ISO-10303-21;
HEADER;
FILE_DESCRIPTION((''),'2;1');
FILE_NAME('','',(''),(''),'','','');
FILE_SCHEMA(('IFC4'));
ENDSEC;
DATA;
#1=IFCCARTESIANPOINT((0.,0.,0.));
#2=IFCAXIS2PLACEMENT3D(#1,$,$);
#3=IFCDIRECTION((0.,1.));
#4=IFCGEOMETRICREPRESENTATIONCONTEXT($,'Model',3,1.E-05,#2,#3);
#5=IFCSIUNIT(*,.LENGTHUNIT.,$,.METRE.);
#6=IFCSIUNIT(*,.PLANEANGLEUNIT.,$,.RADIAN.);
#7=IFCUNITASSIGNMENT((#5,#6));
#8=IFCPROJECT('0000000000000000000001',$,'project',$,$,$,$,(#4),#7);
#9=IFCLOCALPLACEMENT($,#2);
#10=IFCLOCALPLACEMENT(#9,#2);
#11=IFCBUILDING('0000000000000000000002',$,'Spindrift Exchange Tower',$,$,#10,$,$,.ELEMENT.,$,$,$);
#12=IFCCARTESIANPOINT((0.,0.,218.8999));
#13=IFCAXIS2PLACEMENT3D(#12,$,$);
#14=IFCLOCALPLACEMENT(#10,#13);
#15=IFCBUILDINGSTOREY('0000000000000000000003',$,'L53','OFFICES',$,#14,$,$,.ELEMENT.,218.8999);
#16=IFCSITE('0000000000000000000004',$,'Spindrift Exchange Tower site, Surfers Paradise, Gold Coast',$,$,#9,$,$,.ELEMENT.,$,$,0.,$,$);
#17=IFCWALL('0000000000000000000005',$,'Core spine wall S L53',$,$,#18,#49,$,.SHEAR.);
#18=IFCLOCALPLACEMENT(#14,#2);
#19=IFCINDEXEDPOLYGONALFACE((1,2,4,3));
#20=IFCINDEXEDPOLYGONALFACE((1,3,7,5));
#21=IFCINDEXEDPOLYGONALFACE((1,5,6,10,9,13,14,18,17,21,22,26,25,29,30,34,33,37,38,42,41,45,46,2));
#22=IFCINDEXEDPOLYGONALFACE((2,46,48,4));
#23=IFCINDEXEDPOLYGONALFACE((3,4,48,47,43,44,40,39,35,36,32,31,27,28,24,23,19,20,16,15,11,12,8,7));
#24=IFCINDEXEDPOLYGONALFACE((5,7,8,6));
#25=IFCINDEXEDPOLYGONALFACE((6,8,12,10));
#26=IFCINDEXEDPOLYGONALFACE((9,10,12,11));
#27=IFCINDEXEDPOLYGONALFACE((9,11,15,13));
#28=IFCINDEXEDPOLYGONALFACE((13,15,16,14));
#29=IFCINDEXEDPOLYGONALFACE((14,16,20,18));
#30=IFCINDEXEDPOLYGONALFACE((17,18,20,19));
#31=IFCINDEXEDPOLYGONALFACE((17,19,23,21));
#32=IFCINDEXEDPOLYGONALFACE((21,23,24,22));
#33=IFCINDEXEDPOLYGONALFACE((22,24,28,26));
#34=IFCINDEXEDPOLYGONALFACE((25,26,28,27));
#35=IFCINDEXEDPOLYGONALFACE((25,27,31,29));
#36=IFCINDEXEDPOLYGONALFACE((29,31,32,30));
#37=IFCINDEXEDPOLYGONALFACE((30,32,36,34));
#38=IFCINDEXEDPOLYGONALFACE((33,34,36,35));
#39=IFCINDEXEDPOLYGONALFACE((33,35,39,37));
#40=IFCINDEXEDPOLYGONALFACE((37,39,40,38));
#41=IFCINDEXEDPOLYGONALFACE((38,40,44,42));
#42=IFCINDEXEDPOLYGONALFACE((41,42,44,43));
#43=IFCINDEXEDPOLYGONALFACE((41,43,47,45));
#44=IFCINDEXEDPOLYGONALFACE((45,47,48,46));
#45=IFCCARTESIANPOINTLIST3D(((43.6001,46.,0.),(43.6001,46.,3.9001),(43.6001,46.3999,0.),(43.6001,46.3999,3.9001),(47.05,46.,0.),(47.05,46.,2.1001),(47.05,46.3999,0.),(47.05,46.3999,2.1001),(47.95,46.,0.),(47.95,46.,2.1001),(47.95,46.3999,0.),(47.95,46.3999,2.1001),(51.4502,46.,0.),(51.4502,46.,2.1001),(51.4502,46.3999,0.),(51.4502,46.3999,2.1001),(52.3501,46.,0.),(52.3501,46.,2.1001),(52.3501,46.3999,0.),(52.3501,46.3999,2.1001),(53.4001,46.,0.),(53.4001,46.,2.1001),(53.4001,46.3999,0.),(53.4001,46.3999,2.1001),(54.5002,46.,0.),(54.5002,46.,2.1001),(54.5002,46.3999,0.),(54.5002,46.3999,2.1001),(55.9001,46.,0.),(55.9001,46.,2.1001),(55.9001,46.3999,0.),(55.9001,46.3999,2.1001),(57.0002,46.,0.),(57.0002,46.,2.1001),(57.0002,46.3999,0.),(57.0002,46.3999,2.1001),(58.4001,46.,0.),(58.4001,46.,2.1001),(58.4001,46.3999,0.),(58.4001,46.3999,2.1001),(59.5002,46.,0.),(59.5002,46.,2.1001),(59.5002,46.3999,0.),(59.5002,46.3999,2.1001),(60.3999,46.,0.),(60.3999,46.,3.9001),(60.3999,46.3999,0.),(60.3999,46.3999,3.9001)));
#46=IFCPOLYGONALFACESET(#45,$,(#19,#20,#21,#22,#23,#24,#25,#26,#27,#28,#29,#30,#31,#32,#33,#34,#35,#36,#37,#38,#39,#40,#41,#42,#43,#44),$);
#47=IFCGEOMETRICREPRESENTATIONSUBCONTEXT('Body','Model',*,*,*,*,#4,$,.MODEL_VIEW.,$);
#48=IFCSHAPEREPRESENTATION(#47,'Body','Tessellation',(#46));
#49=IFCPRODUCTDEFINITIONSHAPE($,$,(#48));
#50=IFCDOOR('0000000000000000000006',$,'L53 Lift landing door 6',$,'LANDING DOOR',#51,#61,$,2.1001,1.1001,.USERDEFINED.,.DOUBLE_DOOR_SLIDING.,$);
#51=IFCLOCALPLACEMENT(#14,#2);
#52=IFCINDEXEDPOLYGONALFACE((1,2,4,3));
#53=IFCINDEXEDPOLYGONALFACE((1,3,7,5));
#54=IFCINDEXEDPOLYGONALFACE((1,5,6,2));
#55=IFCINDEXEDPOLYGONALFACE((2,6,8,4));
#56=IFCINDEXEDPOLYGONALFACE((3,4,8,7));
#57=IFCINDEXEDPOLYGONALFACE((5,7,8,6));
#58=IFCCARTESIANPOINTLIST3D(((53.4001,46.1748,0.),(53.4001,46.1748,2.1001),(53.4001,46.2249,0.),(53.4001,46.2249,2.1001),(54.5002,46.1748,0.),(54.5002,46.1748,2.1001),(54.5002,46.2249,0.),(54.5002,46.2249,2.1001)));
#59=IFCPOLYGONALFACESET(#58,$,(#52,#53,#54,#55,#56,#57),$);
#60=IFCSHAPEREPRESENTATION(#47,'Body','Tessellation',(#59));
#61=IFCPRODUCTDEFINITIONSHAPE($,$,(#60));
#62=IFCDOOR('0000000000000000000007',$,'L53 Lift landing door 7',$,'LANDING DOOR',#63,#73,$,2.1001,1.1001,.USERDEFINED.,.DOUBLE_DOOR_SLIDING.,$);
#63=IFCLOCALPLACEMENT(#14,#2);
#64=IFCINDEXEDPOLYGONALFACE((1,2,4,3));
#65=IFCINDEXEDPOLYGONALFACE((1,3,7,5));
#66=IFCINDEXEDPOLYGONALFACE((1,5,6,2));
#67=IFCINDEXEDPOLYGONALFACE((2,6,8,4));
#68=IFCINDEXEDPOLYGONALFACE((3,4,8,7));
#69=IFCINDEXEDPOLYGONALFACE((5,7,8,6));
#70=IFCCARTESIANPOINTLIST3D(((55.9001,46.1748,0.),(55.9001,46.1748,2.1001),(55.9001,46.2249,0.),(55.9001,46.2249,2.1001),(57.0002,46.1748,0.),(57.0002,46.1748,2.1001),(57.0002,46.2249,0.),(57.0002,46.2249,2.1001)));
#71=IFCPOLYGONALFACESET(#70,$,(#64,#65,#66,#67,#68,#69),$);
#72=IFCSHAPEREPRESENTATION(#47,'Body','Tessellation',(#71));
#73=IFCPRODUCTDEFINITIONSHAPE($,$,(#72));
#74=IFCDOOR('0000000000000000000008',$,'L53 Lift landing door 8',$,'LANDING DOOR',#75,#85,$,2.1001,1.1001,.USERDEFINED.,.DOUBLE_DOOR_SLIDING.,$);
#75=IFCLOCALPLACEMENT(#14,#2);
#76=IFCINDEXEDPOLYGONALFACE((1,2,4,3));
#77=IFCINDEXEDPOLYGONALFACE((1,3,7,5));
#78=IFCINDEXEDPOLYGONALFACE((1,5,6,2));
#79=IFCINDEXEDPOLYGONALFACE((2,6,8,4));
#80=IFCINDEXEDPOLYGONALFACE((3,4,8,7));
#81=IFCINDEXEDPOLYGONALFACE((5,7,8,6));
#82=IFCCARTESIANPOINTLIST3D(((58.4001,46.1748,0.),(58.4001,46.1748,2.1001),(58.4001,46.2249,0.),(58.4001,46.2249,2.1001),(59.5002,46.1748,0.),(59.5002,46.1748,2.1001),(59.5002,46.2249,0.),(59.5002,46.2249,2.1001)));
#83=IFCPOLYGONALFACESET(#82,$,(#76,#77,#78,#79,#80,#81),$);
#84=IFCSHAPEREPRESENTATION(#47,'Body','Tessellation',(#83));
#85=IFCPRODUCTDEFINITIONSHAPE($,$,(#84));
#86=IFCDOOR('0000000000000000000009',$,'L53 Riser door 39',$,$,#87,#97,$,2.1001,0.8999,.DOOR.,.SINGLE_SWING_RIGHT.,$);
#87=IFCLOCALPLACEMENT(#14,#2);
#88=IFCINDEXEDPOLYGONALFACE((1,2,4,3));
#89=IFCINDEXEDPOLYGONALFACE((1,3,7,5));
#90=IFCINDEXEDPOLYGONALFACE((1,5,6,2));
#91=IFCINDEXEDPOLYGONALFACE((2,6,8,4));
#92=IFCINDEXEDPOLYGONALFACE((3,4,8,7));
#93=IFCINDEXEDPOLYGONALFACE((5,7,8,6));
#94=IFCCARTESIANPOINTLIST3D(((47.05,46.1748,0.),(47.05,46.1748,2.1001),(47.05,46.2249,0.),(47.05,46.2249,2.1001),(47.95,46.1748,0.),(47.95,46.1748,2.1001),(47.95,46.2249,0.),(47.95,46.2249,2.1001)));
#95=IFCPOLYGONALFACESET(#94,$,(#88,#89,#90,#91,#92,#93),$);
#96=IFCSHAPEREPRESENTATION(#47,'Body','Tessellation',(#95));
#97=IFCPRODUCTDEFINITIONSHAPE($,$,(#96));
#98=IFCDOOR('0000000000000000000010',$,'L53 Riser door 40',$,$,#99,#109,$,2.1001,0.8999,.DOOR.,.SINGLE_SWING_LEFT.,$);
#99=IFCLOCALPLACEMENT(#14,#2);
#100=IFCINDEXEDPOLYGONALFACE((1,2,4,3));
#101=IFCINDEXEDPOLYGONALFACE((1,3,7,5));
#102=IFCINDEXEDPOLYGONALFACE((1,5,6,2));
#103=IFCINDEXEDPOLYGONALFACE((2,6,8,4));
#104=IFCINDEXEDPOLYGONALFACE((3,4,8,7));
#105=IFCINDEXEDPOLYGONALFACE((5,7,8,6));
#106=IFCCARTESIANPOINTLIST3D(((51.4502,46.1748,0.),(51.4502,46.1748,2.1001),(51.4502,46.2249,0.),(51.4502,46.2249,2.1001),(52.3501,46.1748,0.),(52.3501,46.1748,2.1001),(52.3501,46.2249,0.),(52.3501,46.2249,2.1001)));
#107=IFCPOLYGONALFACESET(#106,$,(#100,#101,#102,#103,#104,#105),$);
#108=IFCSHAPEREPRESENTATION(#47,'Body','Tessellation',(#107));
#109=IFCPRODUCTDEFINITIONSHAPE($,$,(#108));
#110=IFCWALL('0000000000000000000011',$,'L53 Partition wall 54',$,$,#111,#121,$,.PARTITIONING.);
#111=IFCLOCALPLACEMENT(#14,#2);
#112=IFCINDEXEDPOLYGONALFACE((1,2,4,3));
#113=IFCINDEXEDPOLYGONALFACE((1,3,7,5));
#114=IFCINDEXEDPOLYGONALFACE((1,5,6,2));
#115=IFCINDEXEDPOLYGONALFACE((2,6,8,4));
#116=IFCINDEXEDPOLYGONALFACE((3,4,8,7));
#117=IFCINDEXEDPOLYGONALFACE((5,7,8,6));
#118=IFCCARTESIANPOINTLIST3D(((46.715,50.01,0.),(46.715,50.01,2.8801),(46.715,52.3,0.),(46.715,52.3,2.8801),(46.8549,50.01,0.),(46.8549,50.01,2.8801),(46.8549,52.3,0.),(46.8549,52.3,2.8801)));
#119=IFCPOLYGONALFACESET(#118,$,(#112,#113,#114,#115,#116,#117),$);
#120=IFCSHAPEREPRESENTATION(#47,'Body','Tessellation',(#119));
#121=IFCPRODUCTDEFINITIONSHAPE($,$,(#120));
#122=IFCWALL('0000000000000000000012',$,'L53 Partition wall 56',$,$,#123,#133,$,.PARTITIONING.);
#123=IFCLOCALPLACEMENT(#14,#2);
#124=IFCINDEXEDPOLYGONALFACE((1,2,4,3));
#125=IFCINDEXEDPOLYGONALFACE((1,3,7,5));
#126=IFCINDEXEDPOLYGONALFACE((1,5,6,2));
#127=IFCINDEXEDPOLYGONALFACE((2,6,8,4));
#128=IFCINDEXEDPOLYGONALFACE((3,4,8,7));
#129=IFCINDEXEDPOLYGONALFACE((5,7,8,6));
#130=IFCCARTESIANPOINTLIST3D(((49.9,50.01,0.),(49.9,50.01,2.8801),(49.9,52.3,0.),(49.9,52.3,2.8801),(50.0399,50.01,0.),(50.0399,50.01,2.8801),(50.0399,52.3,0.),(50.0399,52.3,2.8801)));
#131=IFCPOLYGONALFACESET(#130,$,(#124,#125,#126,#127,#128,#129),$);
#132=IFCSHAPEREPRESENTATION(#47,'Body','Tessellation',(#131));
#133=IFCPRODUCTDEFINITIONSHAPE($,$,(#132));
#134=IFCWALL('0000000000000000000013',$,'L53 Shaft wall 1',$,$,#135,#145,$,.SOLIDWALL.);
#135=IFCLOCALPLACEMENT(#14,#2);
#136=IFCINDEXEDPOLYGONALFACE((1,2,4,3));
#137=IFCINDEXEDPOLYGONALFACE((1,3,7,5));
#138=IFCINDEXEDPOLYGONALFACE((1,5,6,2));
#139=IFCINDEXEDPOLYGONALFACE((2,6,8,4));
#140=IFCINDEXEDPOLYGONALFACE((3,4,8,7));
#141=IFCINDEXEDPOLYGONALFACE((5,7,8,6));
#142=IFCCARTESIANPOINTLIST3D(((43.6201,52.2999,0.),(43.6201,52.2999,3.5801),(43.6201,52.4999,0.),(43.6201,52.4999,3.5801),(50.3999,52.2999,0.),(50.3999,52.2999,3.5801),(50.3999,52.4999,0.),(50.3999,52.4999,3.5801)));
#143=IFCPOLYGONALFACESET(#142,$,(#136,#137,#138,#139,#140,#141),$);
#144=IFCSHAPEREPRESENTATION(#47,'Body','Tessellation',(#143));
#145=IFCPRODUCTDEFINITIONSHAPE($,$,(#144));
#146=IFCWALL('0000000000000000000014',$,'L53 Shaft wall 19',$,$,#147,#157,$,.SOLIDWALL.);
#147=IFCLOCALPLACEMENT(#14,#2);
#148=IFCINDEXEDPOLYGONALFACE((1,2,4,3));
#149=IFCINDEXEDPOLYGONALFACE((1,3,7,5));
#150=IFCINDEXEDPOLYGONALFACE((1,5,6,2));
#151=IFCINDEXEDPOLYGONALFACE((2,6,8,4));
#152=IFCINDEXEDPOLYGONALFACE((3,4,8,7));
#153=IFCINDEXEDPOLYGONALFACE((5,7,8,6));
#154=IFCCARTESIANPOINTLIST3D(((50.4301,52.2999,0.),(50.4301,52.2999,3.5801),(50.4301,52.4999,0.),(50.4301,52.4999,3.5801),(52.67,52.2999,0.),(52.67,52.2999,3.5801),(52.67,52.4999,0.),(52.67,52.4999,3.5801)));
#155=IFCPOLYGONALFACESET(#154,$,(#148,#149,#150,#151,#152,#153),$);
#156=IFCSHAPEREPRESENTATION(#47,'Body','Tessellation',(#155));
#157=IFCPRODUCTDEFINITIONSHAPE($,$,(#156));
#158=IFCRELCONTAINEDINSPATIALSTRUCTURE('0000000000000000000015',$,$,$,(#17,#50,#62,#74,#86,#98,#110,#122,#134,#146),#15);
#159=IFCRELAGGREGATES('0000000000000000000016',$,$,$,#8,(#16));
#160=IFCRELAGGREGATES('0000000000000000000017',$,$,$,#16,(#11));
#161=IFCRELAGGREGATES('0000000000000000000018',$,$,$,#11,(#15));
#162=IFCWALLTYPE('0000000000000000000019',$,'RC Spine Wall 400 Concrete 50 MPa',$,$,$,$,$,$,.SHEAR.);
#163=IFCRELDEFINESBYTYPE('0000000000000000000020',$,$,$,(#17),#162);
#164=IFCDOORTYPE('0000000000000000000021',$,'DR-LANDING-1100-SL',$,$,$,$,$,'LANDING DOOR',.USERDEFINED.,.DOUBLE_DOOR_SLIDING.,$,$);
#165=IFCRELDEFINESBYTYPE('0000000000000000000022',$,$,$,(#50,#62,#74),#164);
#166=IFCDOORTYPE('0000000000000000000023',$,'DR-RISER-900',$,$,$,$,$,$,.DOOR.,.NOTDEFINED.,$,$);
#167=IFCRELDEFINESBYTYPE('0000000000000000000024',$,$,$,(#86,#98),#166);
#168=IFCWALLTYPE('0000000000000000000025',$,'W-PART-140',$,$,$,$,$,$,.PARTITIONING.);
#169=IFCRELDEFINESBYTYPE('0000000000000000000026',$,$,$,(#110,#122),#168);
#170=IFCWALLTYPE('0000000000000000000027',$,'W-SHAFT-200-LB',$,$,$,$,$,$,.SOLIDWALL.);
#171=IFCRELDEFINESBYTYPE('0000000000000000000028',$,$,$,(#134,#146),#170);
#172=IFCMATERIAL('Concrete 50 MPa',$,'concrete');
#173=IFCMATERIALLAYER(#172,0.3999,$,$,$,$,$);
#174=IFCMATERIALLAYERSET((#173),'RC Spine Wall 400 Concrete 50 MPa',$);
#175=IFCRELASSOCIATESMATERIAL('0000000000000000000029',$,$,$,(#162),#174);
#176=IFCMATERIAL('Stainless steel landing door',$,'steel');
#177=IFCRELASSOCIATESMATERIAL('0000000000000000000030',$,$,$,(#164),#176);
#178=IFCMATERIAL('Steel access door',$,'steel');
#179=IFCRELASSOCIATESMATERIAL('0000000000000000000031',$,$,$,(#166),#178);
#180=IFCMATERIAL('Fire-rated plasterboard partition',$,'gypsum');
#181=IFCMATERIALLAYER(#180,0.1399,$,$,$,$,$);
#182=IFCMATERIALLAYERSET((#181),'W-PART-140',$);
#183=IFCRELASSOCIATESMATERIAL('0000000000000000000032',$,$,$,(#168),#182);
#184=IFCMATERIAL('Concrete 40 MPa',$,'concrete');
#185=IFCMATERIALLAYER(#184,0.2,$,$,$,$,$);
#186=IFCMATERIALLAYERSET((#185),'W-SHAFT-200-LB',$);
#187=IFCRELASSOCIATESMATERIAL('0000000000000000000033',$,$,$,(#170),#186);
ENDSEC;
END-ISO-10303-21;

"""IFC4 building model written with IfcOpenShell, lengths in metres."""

from ifc_helpers import new_model, si_unit, direction, frame, frame_2d, origin, place, context, subcontext, project, spatial, rectangle, extrude, source, transform, mapped, material, layer, layer_set, type_object, element, fill, save


model = new_model("IFC4")

# Units and contexts
model_context = context("Model", 3, precision=1e-05, world=origin(), true_north=direction((0.0, 1.0)))
body_context = subcontext(model_context, "Body", "Model", "MODEL_VIEW")
ifc_project = project(units=[si_unit("LENGTHUNIT", "METRE"), si_unit("PLANEANGLEUNIT", "RADIAN")], contexts=[model_context])

# Site, building, storey
site_placement = place(None, origin())
site = spatial("IfcSite", under=ifc_project, at=site_placement, Name="Spindrift Exchange Tower site, Surfers Paradise, Gold Coast", CompositionType="ELEMENT", RefElevation=0.0)
building_placement = place(site_placement, origin())
building = spatial("IfcBuilding", under=site, at=building_placement, Name="Spindrift Exchange Tower", CompositionType="ELEMENT")
storey_placement = place(building_placement, frame((0.0, 0.0, 218.8999)))
storey = spatial("IfcBuildingStorey", under=building, at=storey_placement, Name="L53", Description="OFFICES", CompositionType="ELEMENT", Elevation=218.8999)

# Wall, openings, doors
ifc_material_1 = material(Name="Concrete 50 MPa", Category="concrete")
ifc_layer_1 = layer(ifc_material_1, 0.3999)
ifc_layer_set_1 = layer_set([ifc_layer_1], Name="RC Spine Wall 400 Concrete 50 MPa")
wall_type_1 = type_object("IfcWallType", Name="RC Spine Wall 400 Concrete 50 MPa", PredefinedType="SHEAR", material=ifc_layer_set_1)
ifc_material_2 = material(Name="Stainless steel landing door", Category="steel")
door_type_1 = type_object("IfcDoorType", Name="DR-LANDING-1100-SL", ElementType="LANDING DOOR", OperationType="DOUBLE_DOOR_SLIDING", PredefinedType="USERDEFINED", material=ifc_material_2)
shared_shape_1 = source(origin(), body_context, "Body", "SweptSolid", [
    extrude(rectangle(XDim=1.1001, YDim=2.1001, at=frame_2d((0.55, 1.05))), frame((0.0, 0.0249, 0.0), z_axis=(0.0, -1.0, 0.0), x_axis=(1.0, 0.0, 0.0)), (0.0, 0.0, 1.0), 0.05),
])
ifc_material_3 = material(Name="Steel access door", Category="steel")
door_type_2 = type_object("IfcDoorType", Name="DR-RISER-900", OperationType="NOTDEFINED", PredefinedType="DOOR", material=ifc_material_3)
shared_shape_2 = source(origin(), body_context, "Body", "SweptSolid", [
    extrude(rectangle(XDim=0.8999, YDim=2.1001, at=frame_2d((0.45, 1.05))), frame((0.0, 0.0249, 0.0), z_axis=(0.0, -1.0, 0.0), x_axis=(1.0, 0.0, 0.0)), (0.0, 0.0, 1.0), 0.05),
])
wall_1_placement = place(storey_placement, frame((43.6001, 46.2, 0.0), z_axis=(0.0, 0.0, 1.0), x_axis=(1.0, 0.0, 0.0)))
wall_1 = element("IfcWall", 1, at=wall_1_placement, inside=storey, type_object=wall_type_1, Name="Core spine wall S L53", PredefinedType="SHEAR", context=body_context, shape_type="SweptSolid", body=[
    extrude(rectangle(XDim=16.7998, YDim=0.3999, at=frame_2d((8.3999, 0.0))), origin(), (0.0, 0.0, 1.0), 3.9001),
])
opening_1_placement = place(wall_1_placement, frame((9.8, 0.0, 0.0)))
opening_1 = element("IfcOpeningElement", 2, at=opening_1_placement, cuts=wall_1, PredefinedType="OPENING", context=body_context, shape_type="SweptSolid", body=[
    extrude(rectangle(XDim=1.1001, YDim=2.1001, at=frame_2d((0.55, 1.05))), frame((0.0, 0.21, 0.0), z_axis=(0.0, -1.0, 0.0), x_axis=(1.0, 0.0, 0.0)), (0.0, 0.0, 1.0), 0.4199),
])
opening_2_placement = place(wall_1_placement, frame((12.3, 0.0, 0.0)))
opening_2 = element("IfcOpeningElement", 3, at=opening_2_placement, cuts=wall_1, PredefinedType="OPENING", context=body_context, shape_type="SweptSolid", body=[
    extrude(rectangle(XDim=1.1001, YDim=2.1001, at=frame_2d((0.55, 1.05))), frame((0.0, 0.21, 0.0), z_axis=(0.0, -1.0, 0.0), x_axis=(1.0, 0.0, 0.0)), (0.0, 0.0, 1.0), 0.4199),
])
opening_3_placement = place(wall_1_placement, frame((14.8, 0.0, 0.0)))
opening_3 = element("IfcOpeningElement", 4, at=opening_3_placement, cuts=wall_1, PredefinedType="OPENING", context=body_context, shape_type="SweptSolid", body=[
    extrude(rectangle(XDim=1.1001, YDim=2.1001, at=frame_2d((0.55, 1.05))), frame((0.0, 0.21, 0.0), z_axis=(0.0, -1.0, 0.0), x_axis=(1.0, 0.0, 0.0)), (0.0, 0.0, 1.0), 0.4199),
])
opening_4_placement = place(wall_1_placement, frame((3.45, 0.0, 0.0)))
opening_4 = element("IfcOpeningElement", 5, at=opening_4_placement, cuts=wall_1, PredefinedType="OPENING", context=body_context, shape_type="SweptSolid", body=[
    extrude(rectangle(XDim=0.8999, YDim=2.1001, at=frame_2d((0.45, 1.05))), frame((0.0, 0.21, 0.0), z_axis=(0.0, -1.0, 0.0), x_axis=(1.0, 0.0, 0.0)), (0.0, 0.0, 1.0), 0.4199),
])
opening_5_placement = place(wall_1_placement, frame((7.8501, 0.0, 0.0)))
opening_5 = element("IfcOpeningElement", 6, at=opening_5_placement, cuts=wall_1, PredefinedType="OPENING", context=body_context, shape_type="SweptSolid", body=[
    extrude(rectangle(XDim=0.8999, YDim=2.1001, at=frame_2d((0.45, 1.05))), frame((0.0, 0.21, 0.0), z_axis=(0.0, -1.0, 0.0), x_axis=(1.0, 0.0, 0.0)), (0.0, 0.0, 1.0), 0.4199),
])
door_1_placement = place(opening_1_placement, origin())
door_1 = element("IfcDoor", 7, at=door_1_placement, inside=storey, type_object=door_type_1, Name="L53 Lift landing door 6", ObjectType="LANDING DOOR", OperationType="DOUBLE_DOOR_SLIDING", OverallHeight=2.1001, OverallWidth=1.1001, PredefinedType="USERDEFINED", context=body_context, shape_type="MappedRepresentation", body=[
    mapped(shared_shape_1, transform((0.0, 0.0, 0.0), scale=1.0)),
])
fill(opening_1, door_1)
door_2_placement = place(opening_2_placement, origin())
door_2 = element("IfcDoor", 8, at=door_2_placement, inside=storey, type_object=door_type_1, Name="L53 Lift landing door 7", ObjectType="LANDING DOOR", OperationType="DOUBLE_DOOR_SLIDING", OverallHeight=2.1001, OverallWidth=1.1001, PredefinedType="USERDEFINED", context=body_context, shape_type="MappedRepresentation", body=[
    mapped(shared_shape_1, transform((0.0, 0.0, 0.0), scale=1.0)),
])
fill(opening_2, door_2)
door_3_placement = place(opening_3_placement, origin())
door_3 = element("IfcDoor", 9, at=door_3_placement, inside=storey, type_object=door_type_1, Name="L53 Lift landing door 8", ObjectType="LANDING DOOR", OperationType="DOUBLE_DOOR_SLIDING", OverallHeight=2.1001, OverallWidth=1.1001, PredefinedType="USERDEFINED", context=body_context, shape_type="MappedRepresentation", body=[
    mapped(shared_shape_1, transform((0.0, 0.0, 0.0), scale=1.0)),
])
fill(opening_3, door_3)
door_4_placement = place(opening_4_placement, origin())
door_4 = element("IfcDoor", 10, at=door_4_placement, inside=storey, type_object=door_type_2, Name="L53 Riser door 39", OperationType="SINGLE_SWING_RIGHT", OverallHeight=2.1001, OverallWidth=0.8999, PredefinedType="DOOR", context=body_context, shape_type="MappedRepresentation", body=[
    mapped(shared_shape_2, transform((0.0, 0.0, 0.0), scale=1.0)),
])
fill(opening_4, door_4)
door_5_placement = place(opening_5_placement, origin())
door_5 = element("IfcDoor", 11, at=door_5_placement, inside=storey, type_object=door_type_2, Name="L53 Riser door 40", OperationType="SINGLE_SWING_LEFT", OverallHeight=2.1001, OverallWidth=0.8999, PredefinedType="DOOR", context=body_context, shape_type="MappedRepresentation", body=[
    mapped(shared_shape_2, transform((0.0, 0.0, 0.0), scale=1.0)),
])
fill(opening_5, door_5)

# Walls
ifc_material_4 = material(Name="Fire-rated plasterboard partition", Category="gypsum")
ifc_layer_2 = layer(ifc_material_4, 0.1399)
ifc_layer_set_2 = layer_set([ifc_layer_2], Name="W-PART-140")
wall_type_2 = type_object("IfcWallType", Name="W-PART-140", PredefinedType="PARTITIONING", material=ifc_layer_set_2)
for number, where, z_axis, x_axis, name in (
    (12, (46.7849, 50.01, 0.0), (0.0, 0.0, 1.0), (0.0, 1.0, 0.0), "L53 Partition wall 54"),
    (13, (49.97, 50.01, 0.0), (0.0, 0.0, 1.0), (0.0, 1.0, 0.0), "L53 Partition wall 56"),
):
    element("IfcWall", number, at=place(storey_placement, frame(where, z_axis=z_axis, x_axis=x_axis)), inside=storey, type_object=wall_type_2, Name=name, PredefinedType="PARTITIONING", context=body_context, shape_type="SweptSolid", body=[
        extrude(rectangle(XDim=2.29, YDim=0.1399, at=frame_2d((1.145, 0.0))), origin(), (0.0, 0.0, 1.0), 2.8801),
    ])
ifc_material_5 = material(Name="Concrete 40 MPa", Category="concrete")
ifc_layer_3 = layer(ifc_material_5, 0.2)
ifc_layer_set_3 = layer_set([ifc_layer_3], Name="W-SHAFT-200-LB")
wall_type_3 = type_object("IfcWallType", Name="W-SHAFT-200-LB", PredefinedType="SOLIDWALL", material=ifc_layer_set_3)
wall_2_placement = place(storey_placement, frame((43.6201, 52.3999, 0.0), z_axis=(0.0, 0.0, 1.0), x_axis=(1.0, 0.0, 0.0)))
element("IfcWall", 14, at=wall_2_placement, inside=storey, type_object=wall_type_3, Name="L53 Shaft wall 1", PredefinedType="SOLIDWALL", context=body_context, shape_type="SweptSolid", body=[
    extrude(rectangle(XDim=6.7798, YDim=0.2, at=frame_2d((3.3899, 0.0))), origin(), (0.0, 0.0, 1.0), 3.5801),
])
wall_3_placement = place(storey_placement, frame((50.4299, 52.3999, 0.0), z_axis=(0.0, 0.0, 1.0), x_axis=(1.0, 0.0, 0.0)))
element("IfcWall", 15, at=wall_3_placement, inside=storey, type_object=wall_type_3, Name="L53 Shaft wall 19", PredefinedType="SOLIDWALL", context=body_context, shape_type="SweptSolid", body=[
    extrude(rectangle(XDim=2.24, YDim=0.2, at=frame_2d((1.1201, 0.0))), origin(), (0.0, 0.0, 1.0), 3.5801),
])

save(model, "model.ifc")
